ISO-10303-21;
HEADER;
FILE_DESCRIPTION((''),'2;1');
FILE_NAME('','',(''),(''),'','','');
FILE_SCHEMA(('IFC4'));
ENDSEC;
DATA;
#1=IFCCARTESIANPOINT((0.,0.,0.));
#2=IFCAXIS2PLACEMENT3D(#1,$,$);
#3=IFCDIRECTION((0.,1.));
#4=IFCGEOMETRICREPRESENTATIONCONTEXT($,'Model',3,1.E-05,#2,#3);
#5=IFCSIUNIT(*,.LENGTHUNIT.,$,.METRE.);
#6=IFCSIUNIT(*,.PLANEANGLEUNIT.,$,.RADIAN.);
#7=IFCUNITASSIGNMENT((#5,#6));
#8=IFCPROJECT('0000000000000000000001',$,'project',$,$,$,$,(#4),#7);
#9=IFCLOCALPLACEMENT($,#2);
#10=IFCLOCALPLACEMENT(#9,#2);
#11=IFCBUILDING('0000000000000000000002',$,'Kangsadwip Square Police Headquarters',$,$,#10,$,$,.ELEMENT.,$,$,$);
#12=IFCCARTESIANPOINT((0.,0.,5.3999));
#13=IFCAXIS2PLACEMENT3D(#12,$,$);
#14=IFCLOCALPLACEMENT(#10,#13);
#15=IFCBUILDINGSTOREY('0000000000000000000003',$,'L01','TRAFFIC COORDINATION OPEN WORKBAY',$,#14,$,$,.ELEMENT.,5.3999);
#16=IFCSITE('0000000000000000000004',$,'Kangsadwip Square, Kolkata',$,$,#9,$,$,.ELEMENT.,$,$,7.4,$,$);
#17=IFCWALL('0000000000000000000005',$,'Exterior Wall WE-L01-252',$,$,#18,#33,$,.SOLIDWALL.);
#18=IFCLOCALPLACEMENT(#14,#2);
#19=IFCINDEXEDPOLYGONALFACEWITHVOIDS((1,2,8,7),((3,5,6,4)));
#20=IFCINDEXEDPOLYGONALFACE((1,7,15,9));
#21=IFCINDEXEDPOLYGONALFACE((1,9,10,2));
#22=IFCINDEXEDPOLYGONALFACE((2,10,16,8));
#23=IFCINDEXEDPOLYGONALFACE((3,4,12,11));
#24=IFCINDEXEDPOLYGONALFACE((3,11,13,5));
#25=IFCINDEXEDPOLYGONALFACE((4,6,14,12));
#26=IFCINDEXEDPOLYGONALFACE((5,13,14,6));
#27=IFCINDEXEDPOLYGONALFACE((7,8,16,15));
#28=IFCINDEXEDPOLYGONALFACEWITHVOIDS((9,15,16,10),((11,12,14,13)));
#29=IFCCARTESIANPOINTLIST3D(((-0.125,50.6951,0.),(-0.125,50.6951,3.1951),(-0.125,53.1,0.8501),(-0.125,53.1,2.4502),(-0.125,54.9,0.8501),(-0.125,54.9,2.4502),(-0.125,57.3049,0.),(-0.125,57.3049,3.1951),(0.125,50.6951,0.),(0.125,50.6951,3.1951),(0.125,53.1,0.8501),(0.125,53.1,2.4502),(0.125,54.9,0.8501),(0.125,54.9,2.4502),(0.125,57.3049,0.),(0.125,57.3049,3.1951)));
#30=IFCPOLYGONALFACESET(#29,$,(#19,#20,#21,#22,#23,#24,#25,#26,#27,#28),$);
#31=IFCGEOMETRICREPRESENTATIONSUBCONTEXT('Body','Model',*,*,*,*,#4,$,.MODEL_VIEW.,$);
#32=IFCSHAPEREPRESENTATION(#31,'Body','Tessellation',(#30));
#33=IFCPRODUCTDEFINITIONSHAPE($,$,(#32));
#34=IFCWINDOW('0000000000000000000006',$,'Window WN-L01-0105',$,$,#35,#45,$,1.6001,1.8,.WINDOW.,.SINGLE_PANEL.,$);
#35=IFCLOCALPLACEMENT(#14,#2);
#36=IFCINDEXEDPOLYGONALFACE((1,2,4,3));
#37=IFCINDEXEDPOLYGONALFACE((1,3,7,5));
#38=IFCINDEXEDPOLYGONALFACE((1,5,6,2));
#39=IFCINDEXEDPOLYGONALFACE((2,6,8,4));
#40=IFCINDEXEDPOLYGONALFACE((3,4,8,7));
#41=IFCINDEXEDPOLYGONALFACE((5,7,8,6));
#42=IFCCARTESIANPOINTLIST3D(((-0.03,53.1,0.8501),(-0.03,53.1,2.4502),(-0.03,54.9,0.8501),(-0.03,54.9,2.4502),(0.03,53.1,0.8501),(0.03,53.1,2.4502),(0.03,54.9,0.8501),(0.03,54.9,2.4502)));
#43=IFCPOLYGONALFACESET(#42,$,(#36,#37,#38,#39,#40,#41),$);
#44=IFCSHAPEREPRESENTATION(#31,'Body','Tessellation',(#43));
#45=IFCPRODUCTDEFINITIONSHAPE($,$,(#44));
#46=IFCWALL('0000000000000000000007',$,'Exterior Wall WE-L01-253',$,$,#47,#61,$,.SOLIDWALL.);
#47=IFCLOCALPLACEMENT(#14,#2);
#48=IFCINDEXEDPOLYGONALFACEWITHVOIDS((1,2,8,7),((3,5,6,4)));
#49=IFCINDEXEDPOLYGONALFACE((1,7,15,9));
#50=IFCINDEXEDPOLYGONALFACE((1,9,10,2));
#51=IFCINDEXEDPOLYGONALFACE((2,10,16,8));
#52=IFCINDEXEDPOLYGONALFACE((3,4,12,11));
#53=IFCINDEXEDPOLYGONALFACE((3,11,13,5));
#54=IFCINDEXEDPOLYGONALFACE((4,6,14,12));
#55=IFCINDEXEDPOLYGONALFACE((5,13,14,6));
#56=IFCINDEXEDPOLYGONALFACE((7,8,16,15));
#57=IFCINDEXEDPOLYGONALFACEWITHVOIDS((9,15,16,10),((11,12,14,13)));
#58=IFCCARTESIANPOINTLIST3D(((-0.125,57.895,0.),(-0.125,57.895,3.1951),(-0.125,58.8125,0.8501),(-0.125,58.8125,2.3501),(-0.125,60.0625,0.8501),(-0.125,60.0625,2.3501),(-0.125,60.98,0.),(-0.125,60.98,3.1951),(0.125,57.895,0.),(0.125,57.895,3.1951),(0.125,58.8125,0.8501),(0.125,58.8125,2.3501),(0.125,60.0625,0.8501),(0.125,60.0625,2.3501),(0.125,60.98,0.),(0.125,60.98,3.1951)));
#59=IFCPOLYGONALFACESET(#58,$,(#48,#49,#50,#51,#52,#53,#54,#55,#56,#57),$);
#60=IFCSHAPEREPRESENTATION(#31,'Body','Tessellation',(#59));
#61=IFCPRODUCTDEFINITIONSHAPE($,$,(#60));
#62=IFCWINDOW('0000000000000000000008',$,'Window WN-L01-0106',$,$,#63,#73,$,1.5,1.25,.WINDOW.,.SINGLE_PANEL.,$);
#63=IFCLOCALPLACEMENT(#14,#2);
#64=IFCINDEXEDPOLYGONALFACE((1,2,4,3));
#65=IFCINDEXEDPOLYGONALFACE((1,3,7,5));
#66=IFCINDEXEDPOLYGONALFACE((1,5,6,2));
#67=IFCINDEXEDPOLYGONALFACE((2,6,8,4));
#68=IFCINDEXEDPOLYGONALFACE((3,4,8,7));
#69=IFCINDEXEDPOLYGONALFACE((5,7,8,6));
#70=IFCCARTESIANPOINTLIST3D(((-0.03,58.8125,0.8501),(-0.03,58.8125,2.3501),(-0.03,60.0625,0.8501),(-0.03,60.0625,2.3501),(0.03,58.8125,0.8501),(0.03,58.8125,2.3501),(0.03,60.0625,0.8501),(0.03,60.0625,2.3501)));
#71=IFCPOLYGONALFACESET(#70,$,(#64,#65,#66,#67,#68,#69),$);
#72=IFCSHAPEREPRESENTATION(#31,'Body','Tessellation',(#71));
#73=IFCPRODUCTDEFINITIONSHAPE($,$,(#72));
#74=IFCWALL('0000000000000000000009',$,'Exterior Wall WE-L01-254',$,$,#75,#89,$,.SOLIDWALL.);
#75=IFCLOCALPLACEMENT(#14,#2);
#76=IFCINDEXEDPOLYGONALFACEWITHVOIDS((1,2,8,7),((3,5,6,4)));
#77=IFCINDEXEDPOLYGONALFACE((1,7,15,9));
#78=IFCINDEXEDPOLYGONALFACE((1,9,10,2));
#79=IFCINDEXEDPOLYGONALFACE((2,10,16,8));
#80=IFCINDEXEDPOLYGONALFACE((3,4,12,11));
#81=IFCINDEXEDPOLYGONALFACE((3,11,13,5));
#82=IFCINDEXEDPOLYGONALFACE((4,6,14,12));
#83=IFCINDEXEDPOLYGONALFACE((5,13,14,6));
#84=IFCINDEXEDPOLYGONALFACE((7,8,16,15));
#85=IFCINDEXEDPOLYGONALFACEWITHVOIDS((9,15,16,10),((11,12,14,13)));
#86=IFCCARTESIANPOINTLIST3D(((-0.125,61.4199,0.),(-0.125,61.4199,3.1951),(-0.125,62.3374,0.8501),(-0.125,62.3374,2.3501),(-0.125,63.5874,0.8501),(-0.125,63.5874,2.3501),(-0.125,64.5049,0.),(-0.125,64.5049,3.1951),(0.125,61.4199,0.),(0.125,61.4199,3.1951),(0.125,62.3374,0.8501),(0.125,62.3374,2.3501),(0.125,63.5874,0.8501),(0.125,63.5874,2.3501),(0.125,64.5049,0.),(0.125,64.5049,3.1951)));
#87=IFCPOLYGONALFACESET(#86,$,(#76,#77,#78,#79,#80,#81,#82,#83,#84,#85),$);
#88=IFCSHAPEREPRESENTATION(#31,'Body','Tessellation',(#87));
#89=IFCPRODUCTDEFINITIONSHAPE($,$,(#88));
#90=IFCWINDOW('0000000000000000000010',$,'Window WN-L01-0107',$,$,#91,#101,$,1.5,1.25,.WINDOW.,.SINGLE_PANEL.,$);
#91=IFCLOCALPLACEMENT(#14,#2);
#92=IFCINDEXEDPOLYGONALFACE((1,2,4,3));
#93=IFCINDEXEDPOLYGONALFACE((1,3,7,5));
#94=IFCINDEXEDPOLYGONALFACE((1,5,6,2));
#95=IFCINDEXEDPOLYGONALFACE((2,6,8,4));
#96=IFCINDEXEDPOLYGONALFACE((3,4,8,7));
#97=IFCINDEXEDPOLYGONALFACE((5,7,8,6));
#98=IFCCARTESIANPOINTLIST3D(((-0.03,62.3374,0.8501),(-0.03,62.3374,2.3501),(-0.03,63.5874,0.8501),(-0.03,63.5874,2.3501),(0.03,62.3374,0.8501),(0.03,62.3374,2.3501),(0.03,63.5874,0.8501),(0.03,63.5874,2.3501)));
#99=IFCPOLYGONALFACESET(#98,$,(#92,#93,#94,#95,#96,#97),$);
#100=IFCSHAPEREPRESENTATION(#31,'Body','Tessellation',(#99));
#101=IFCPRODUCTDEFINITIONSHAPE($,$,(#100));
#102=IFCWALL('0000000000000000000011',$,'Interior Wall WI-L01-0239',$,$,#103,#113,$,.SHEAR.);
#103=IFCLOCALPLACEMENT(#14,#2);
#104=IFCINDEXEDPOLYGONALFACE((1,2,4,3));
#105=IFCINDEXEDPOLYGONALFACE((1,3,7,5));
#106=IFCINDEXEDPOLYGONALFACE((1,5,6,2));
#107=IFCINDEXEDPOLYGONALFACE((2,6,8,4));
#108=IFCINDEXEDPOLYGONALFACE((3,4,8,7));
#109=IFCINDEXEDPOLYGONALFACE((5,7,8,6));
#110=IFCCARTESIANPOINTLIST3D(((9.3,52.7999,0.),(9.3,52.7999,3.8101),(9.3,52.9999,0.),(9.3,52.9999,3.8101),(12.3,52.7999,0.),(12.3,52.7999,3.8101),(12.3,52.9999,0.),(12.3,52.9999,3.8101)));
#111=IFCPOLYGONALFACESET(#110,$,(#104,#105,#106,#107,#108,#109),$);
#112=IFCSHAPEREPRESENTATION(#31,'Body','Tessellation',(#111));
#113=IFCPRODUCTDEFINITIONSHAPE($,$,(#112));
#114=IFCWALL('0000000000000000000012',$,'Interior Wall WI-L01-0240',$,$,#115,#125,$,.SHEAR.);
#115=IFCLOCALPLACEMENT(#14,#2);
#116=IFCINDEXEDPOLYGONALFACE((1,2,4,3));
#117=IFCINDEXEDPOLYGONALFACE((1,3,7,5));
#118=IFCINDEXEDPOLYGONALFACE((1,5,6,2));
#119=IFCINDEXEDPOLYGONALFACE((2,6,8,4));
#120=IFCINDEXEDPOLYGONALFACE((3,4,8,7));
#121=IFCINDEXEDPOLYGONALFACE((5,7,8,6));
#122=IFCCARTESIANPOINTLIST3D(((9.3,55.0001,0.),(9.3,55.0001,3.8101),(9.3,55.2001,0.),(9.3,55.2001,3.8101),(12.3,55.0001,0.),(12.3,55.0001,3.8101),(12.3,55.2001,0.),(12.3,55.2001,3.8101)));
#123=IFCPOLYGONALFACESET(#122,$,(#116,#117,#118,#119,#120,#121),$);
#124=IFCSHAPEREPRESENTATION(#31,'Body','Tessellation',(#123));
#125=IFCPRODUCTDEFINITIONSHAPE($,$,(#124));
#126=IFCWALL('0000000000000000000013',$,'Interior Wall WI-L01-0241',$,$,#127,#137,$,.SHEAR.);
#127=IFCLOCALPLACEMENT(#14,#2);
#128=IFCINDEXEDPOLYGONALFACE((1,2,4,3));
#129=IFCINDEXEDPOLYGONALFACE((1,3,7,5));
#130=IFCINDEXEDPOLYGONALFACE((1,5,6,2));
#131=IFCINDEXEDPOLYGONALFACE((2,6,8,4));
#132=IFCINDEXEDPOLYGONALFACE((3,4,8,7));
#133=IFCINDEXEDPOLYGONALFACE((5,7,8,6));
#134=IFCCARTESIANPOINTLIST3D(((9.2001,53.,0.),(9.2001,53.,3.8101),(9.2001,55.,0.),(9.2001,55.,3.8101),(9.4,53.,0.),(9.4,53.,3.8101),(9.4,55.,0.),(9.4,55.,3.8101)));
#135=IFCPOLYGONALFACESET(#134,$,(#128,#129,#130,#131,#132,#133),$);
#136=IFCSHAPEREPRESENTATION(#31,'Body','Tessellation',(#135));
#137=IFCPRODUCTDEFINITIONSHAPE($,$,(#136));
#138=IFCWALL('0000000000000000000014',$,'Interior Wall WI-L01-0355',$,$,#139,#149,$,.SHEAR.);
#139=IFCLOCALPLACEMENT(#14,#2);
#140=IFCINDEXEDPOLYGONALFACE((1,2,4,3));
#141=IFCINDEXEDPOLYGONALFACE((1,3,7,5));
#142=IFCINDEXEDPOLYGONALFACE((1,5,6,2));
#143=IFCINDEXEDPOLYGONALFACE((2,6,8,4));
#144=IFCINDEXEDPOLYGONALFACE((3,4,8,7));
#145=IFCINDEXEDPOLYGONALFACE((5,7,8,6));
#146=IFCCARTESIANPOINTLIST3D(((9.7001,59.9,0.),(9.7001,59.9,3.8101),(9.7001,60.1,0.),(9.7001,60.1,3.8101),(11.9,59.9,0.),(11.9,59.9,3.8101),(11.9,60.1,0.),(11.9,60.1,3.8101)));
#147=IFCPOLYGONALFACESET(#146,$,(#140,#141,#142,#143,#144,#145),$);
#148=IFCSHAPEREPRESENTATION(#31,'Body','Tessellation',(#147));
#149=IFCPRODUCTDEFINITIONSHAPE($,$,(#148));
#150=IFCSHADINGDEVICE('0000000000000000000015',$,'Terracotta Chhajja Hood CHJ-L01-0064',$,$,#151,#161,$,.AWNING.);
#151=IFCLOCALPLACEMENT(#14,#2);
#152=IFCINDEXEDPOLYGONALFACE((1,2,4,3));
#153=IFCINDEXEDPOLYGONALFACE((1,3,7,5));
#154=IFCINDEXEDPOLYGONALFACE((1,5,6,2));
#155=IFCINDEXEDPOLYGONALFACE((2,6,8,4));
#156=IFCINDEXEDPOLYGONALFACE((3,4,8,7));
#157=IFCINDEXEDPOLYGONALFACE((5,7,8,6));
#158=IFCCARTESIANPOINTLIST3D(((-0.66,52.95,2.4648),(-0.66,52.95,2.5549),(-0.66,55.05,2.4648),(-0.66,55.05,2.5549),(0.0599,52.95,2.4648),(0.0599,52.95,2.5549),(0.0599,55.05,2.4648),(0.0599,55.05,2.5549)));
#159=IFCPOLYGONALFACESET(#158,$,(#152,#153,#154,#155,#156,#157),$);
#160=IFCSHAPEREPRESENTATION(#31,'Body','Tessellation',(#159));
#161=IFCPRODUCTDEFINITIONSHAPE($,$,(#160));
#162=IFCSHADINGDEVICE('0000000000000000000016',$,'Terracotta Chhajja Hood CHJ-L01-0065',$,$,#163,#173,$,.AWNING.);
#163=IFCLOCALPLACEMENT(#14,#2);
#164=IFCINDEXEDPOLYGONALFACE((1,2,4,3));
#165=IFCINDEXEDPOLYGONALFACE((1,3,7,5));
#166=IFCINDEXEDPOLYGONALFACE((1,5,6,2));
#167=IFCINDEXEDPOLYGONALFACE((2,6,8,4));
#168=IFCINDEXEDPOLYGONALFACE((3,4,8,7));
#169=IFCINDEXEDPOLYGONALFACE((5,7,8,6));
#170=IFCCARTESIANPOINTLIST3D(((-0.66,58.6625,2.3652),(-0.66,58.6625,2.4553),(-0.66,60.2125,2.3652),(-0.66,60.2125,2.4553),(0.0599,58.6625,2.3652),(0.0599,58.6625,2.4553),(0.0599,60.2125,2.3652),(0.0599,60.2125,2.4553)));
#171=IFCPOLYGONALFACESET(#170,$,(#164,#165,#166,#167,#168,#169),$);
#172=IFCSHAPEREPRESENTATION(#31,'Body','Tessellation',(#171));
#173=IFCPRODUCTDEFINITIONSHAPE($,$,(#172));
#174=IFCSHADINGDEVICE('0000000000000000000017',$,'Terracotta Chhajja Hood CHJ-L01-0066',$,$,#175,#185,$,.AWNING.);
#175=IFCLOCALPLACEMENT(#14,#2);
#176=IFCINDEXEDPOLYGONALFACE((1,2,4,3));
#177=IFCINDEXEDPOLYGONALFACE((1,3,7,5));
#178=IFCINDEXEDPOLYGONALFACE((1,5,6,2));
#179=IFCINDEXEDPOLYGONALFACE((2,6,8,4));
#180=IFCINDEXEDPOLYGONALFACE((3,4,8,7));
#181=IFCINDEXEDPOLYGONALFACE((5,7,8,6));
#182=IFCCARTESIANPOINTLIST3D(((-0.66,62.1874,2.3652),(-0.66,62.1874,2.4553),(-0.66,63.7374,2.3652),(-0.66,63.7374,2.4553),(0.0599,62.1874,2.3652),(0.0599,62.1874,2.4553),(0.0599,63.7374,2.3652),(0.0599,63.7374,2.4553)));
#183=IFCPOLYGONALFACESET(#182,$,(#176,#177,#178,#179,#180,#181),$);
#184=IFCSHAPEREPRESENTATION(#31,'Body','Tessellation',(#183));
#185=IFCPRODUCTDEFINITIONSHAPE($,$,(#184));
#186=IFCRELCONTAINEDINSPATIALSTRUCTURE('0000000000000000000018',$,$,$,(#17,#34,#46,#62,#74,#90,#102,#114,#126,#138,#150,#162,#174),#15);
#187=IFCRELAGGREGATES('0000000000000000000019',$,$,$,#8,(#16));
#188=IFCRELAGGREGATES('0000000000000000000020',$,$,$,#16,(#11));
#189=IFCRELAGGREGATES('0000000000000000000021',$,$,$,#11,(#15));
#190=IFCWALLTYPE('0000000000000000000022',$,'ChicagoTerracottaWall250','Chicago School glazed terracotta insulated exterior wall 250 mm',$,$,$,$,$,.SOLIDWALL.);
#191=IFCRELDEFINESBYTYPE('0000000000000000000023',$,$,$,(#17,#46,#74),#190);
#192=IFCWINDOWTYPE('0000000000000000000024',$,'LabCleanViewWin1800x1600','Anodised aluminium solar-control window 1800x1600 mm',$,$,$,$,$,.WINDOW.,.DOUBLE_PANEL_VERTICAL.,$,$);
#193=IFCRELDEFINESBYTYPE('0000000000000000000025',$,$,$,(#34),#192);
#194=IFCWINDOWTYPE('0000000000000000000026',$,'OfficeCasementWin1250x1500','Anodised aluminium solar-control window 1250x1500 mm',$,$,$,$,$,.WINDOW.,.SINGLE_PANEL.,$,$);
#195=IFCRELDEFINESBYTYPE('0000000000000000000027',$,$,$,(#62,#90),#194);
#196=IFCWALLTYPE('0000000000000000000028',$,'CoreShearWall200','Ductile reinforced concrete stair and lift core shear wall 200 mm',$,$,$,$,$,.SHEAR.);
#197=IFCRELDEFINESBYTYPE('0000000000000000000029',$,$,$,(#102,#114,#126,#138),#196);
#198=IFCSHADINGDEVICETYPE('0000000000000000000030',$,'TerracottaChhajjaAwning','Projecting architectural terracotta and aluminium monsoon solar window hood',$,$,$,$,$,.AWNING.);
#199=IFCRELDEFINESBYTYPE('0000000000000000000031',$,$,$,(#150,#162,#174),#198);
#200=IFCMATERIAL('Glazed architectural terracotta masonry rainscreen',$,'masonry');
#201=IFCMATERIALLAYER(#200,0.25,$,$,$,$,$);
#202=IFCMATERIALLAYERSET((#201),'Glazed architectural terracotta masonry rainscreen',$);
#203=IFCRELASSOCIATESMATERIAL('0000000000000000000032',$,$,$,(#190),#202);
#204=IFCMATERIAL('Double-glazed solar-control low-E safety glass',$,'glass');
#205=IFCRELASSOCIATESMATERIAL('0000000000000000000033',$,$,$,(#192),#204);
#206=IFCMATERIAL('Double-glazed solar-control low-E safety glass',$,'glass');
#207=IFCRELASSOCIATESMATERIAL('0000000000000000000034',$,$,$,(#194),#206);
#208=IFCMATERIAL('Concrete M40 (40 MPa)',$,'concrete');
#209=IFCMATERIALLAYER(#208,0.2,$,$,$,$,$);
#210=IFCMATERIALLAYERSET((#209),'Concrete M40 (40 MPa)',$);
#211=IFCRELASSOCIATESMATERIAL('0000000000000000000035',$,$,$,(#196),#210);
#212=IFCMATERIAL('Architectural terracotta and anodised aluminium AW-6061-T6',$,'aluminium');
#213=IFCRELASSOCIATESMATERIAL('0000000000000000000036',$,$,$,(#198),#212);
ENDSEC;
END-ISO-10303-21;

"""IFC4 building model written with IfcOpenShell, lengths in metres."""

from ifc_helpers import new_model, si_unit, direction, frame, frame_2d, origin, origin_2d, place, context, subcontext, project, spatial, rectangle, extrude, material, layer, layer_set, type_object, element, fill, save


model = new_model("IFC4")

# Units and contexts
model_context = context("Model", 3, precision=1e-05, world=origin(), true_north=direction((0.0, 1.0)))
body_context = subcontext(model_context, "Body", "Model", "MODEL_VIEW")
ifc_project = project(units=[si_unit("LENGTHUNIT", "METRE"), si_unit("PLANEANGLEUNIT", "RADIAN")], contexts=[model_context])

# Site, building, storey
site_placement = place(None, origin())
site = spatial("IfcSite", under=ifc_project, at=site_placement, Name="Kangsadwip Square, Kolkata", CompositionType="ELEMENT", RefElevation=7.4)
building_placement = place(site_placement, origin())
building = spatial("IfcBuilding", under=site, at=building_placement, Name="Kangsadwip Square Police Headquarters", CompositionType="ELEMENT")
storey_placement = place(building_placement, frame((0.0, 0.0, 5.3999)))
storey = spatial("IfcBuildingStorey", under=building, at=storey_placement, Name="L01", Description="TRAFFIC COORDINATION OPEN WORKBAY", CompositionType="ELEMENT", Elevation=5.3999)

# Walls, openings, windows
ifc_material_1 = material(Name="Glazed architectural terracotta masonry rainscreen", Category="masonry")
ifc_layer_1 = layer(ifc_material_1, 0.25)
ifc_layer_set_1 = layer_set([ifc_layer_1], Name="Glazed architectural terracotta masonry rainscreen")
wall_type_1 = type_object("IfcWallType", Name="ChicagoTerracottaWall250", Description="Chicago School glazed terracotta insulated exterior wall 250 mm", PredefinedType="SOLIDWALL", material=ifc_layer_set_1)
wall_1_placement = place(storey_placement, frame((0.0, 50.6951, 0.0), z_axis=(0.0, 0.0, 1.0), x_axis=(0.0, 1.0, 0.0)))
wall_1 = element("IfcWall", 1, at=wall_1_placement, inside=storey, type_object=wall_type_1, Name="Exterior Wall WE-L01-252", PredefinedType="SOLIDWALL", context=body_context, shape_type="SweptSolid", body=[
    extrude(rectangle(XDim=6.6099, YDim=0.25, at=frame_2d((3.3049, 0.0))), origin(), (0.0, 0.0, 1.0), 3.1951),
])
opening_1_placement = place(wall_1_placement, frame((2.405, 0.0, 0.8501)))
opening_1 = element("IfcOpeningElement", 2, at=opening_1_placement, cuts=wall_1, PredefinedType="OPENING", context=body_context, shape_type="SweptSolid", body=[
    extrude(rectangle(XDim=1.8, YDim=1.6001, at=frame_2d((0.8999, 0.8))), frame((0.0, 0.135, 0.0), z_axis=(0.0, -1.0, 0.0), x_axis=(1.0, 0.0, 0.0)), (0.0, 0.0, 1.0), 0.27),
])
ifc_material_2 = material(Name="Double-glazed solar-control low-E safety glass", Category="glass")
window_type_1 = type_object("IfcWindowType", Name="LabCleanViewWin1800x1600", Description="Anodised aluminium solar-control window 1800x1600 mm", PartitioningType="DOUBLE_PANEL_VERTICAL", PredefinedType="WINDOW", material=ifc_material_2)
window_1_placement = place(opening_1_placement, origin())
window_1 = element("IfcWindow", 3, at=window_1_placement, inside=storey, type_object=window_type_1, Name="Window WN-L01-0105", OverallHeight=1.6001, OverallWidth=1.8, PartitioningType="SINGLE_PANEL", PredefinedType="WINDOW", context=body_context, shape_type="SweptSolid", body=[
    extrude(rectangle(XDim=1.8, YDim=1.6001, at=frame_2d((0.8999, 0.8))), frame((0.0, 0.03, 0.0), z_axis=(0.0, -1.0, 0.0), x_axis=(1.0, 0.0, 0.0)), (0.0, 0.0, 1.0), 0.0601),
])
fill(opening_1, window_1)
wall_2_placement = place(storey_placement, frame((0.0, 57.895, 0.0), z_axis=(0.0, 0.0, 1.0), x_axis=(0.0, 1.0, 0.0)))
wall_2 = element("IfcWall", 4, at=wall_2_placement, inside=storey, type_object=wall_type_1, Name="Exterior Wall WE-L01-253", PredefinedType="SOLIDWALL", context=body_context, shape_type="SweptSolid", body=[
    extrude(rectangle(XDim=3.085, YDim=0.25, at=frame_2d((1.5425, 0.0))), origin(), (0.0, 0.0, 1.0), 3.1951),
])
opening_2_placement = place(wall_2_placement, frame((0.9175, 0.0, 0.8501)))
opening_2 = element("IfcOpeningElement", 5, at=opening_2_placement, cuts=wall_2, PredefinedType="OPENING", context=body_context, shape_type="SweptSolid", body=[
    extrude(rectangle(XDim=1.25, YDim=1.5, at=frame_2d((0.625, 0.75))), frame((0.0, 0.135, 0.0), z_axis=(0.0, -1.0, 0.0), x_axis=(1.0, 0.0, 0.0)), (0.0, 0.0, 1.0), 0.27),
])
ifc_material_3 = material(Name="Double-glazed solar-control low-E safety glass", Category="glass")
window_type_2 = type_object("IfcWindowType", Name="OfficeCasementWin1250x1500", Description="Anodised aluminium solar-control window 1250x1500 mm", PartitioningType="SINGLE_PANEL", PredefinedType="WINDOW", material=ifc_material_3)
window_2_placement = place(opening_2_placement, origin())
window_2 = element("IfcWindow", 6, at=window_2_placement, inside=storey, type_object=window_type_2, Name="Window WN-L01-0106", OverallHeight=1.5, OverallWidth=1.25, PartitioningType="SINGLE_PANEL", PredefinedType="WINDOW", context=body_context, shape_type="SweptSolid", body=[
    extrude(rectangle(XDim=1.25, YDim=1.5, at=frame_2d((0.625, 0.75))), frame((0.0, 0.03, 0.0), z_axis=(0.0, -1.0, 0.0), x_axis=(1.0, 0.0, 0.0)), (0.0, 0.0, 1.0), 0.0601),
])
fill(opening_2, window_2)
wall_3_placement = place(storey_placement, frame((0.0, 61.4199, 0.0), z_axis=(0.0, 0.0, 1.0), x_axis=(0.0, 1.0, 0.0)))
wall_3 = element("IfcWall", 7, at=wall_3_placement, inside=storey, type_object=wall_type_1, Name="Exterior Wall WE-L01-254", PredefinedType="SOLIDWALL", context=body_context, shape_type="SweptSolid", body=[
    extrude(rectangle(XDim=3.085, YDim=0.25, at=frame_2d((1.5425, 0.0))), origin(), (0.0, 0.0, 1.0), 3.1951),
])
opening_3_placement = place(wall_3_placement, frame((0.9175, 0.0, 0.8501)))
opening_3 = element("IfcOpeningElement", 8, at=opening_3_placement, cuts=wall_3, PredefinedType="OPENING", context=body_context, shape_type="SweptSolid", body=[
    extrude(rectangle(XDim=1.25, YDim=1.5, at=frame_2d((0.625, 0.75))), frame((0.0, 0.135, 0.0), z_axis=(0.0, -1.0, 0.0), x_axis=(1.0, 0.0, 0.0)), (0.0, 0.0, 1.0), 0.27),
])
window_3_placement = place(opening_3_placement, origin())
window_3 = element("IfcWindow", 9, at=window_3_placement, inside=storey, type_object=window_type_2, Name="Window WN-L01-0107", OverallHeight=1.5, OverallWidth=1.25, PartitioningType="SINGLE_PANEL", PredefinedType="WINDOW", context=body_context, shape_type="SweptSolid", body=[
    extrude(rectangle(XDim=1.25, YDim=1.5, at=frame_2d((0.625, 0.75))), frame((0.0, 0.03, 0.0), z_axis=(0.0, -1.0, 0.0), x_axis=(1.0, 0.0, 0.0)), (0.0, 0.0, 1.0), 0.0601),
])
fill(opening_3, window_3)

# Walls
ifc_material_4 = material(Name="Concrete M40 (40 MPa)", Category="concrete")
ifc_layer_2 = layer(ifc_material_4, 0.2)
ifc_layer_set_2 = layer_set([ifc_layer_2], Name="Concrete M40 (40 MPa)")
wall_type_2 = type_object("IfcWallType", Name="CoreShearWall200", Description="Ductile reinforced concrete stair and lift core shear wall 200 mm", PredefinedType="SHEAR", material=ifc_layer_set_2)
for number, where, z_axis, x_axis, name in (
    (10, (9.3, 52.8999, 0.0), (0.0, 0.0, 1.0), (1.0, 0.0, 0.0), "Interior Wall WI-L01-0239"),
    (11, (9.3, 55.1001, 0.0), (0.0, 0.0, 1.0), (1.0, 0.0, 0.0), "Interior Wall WI-L01-0240"),
):
    element("IfcWall", number, at=place(storey_placement, frame(where, z_axis=z_axis, x_axis=x_axis)), inside=storey, type_object=wall_type_2, Name=name, PredefinedType="SHEAR", context=body_context, shape_type="SweptSolid", body=[
        extrude(rectangle(XDim=3.0, YDim=0.2, at=frame_2d((1.5, 0.0))), origin(), (0.0, 0.0, 1.0), 3.8101),
    ])
wall_4_placement = place(storey_placement, frame((9.3, 53.0, 0.0), z_axis=(0.0, 0.0, 1.0), x_axis=(0.0, 1.0, 0.0)))
element("IfcWall", 12, at=wall_4_placement, inside=storey, type_object=wall_type_2, Name="Interior Wall WI-L01-0241", PredefinedType="SHEAR", context=body_context, shape_type="SweptSolid", body=[
    extrude(rectangle(XDim=2.0, YDim=0.2, at=frame_2d((1.0, 0.0))), origin(), (0.0, 0.0, 1.0), 3.8101),
])
wall_5_placement = place(storey_placement, frame((9.7, 60.0, 0.0), z_axis=(0.0, 0.0, 1.0), x_axis=(1.0, 0.0, 0.0)))
element("IfcWall", 13, at=wall_5_placement, inside=storey, type_object=wall_type_2, Name="Interior Wall WI-L01-0355", PredefinedType="SHEAR", context=body_context, shape_type="SweptSolid", body=[
    extrude(rectangle(XDim=2.2, YDim=0.2, at=frame_2d((1.1001, 0.0))), origin(), (0.0, 0.0, 1.0), 3.8101),
])

# Shading devices
ifc_material_5 = material(Name="Architectural terracotta and anodised aluminium AW-6061-T6", Category="aluminium")
shading_device_type = type_object("IfcShadingDeviceType", Name="TerracottaChhajjaAwning", Description="Projecting architectural terracotta and aluminium monsoon solar window hood", PredefinedType="AWNING", material=ifc_material_5)
shading_device_placement = place(storey_placement, frame((-0.3, 54.0, 2.4648), z_axis=(0.0, 0.0, 1.0), x_axis=(0.0, 1.0, 0.0)))
element("IfcShadingDevice", 14, at=shading_device_placement, inside=storey, type_object=shading_device_type, Name="Terracotta Chhajja Hood CHJ-L01-0064", PredefinedType="AWNING", context=body_context, shape_type="SweptSolid", body=[
    extrude(rectangle(XDim=2.1001, YDim=0.72, at=origin_2d()), origin(), (0.0, 0.0, 1.0), 0.0901),
])
for number, where, z_axis, x_axis, name in (
    (15, (-0.3, 59.4375, 2.3652), (0.0, 0.0, 1.0), (0.0, 1.0, 0.0), "Terracotta Chhajja Hood CHJ-L01-0065"),
    (16, (-0.3, 62.9624, 2.3652), (0.0, 0.0, 1.0), (0.0, 1.0, 0.0), "Terracotta Chhajja Hood CHJ-L01-0066"),
):
    element("IfcShadingDevice", number, at=place(storey_placement, frame(where, z_axis=z_axis, x_axis=x_axis)), inside=storey, type_object=shading_device_type, Name=name, PredefinedType="AWNING", context=body_context, shape_type="SweptSolid", body=[
        extrude(rectangle(XDim=1.55, YDim=0.72, at=origin_2d()), origin(), (0.0, 0.0, 1.0), 0.0901),
    ])

save(model, "model.ifc")
